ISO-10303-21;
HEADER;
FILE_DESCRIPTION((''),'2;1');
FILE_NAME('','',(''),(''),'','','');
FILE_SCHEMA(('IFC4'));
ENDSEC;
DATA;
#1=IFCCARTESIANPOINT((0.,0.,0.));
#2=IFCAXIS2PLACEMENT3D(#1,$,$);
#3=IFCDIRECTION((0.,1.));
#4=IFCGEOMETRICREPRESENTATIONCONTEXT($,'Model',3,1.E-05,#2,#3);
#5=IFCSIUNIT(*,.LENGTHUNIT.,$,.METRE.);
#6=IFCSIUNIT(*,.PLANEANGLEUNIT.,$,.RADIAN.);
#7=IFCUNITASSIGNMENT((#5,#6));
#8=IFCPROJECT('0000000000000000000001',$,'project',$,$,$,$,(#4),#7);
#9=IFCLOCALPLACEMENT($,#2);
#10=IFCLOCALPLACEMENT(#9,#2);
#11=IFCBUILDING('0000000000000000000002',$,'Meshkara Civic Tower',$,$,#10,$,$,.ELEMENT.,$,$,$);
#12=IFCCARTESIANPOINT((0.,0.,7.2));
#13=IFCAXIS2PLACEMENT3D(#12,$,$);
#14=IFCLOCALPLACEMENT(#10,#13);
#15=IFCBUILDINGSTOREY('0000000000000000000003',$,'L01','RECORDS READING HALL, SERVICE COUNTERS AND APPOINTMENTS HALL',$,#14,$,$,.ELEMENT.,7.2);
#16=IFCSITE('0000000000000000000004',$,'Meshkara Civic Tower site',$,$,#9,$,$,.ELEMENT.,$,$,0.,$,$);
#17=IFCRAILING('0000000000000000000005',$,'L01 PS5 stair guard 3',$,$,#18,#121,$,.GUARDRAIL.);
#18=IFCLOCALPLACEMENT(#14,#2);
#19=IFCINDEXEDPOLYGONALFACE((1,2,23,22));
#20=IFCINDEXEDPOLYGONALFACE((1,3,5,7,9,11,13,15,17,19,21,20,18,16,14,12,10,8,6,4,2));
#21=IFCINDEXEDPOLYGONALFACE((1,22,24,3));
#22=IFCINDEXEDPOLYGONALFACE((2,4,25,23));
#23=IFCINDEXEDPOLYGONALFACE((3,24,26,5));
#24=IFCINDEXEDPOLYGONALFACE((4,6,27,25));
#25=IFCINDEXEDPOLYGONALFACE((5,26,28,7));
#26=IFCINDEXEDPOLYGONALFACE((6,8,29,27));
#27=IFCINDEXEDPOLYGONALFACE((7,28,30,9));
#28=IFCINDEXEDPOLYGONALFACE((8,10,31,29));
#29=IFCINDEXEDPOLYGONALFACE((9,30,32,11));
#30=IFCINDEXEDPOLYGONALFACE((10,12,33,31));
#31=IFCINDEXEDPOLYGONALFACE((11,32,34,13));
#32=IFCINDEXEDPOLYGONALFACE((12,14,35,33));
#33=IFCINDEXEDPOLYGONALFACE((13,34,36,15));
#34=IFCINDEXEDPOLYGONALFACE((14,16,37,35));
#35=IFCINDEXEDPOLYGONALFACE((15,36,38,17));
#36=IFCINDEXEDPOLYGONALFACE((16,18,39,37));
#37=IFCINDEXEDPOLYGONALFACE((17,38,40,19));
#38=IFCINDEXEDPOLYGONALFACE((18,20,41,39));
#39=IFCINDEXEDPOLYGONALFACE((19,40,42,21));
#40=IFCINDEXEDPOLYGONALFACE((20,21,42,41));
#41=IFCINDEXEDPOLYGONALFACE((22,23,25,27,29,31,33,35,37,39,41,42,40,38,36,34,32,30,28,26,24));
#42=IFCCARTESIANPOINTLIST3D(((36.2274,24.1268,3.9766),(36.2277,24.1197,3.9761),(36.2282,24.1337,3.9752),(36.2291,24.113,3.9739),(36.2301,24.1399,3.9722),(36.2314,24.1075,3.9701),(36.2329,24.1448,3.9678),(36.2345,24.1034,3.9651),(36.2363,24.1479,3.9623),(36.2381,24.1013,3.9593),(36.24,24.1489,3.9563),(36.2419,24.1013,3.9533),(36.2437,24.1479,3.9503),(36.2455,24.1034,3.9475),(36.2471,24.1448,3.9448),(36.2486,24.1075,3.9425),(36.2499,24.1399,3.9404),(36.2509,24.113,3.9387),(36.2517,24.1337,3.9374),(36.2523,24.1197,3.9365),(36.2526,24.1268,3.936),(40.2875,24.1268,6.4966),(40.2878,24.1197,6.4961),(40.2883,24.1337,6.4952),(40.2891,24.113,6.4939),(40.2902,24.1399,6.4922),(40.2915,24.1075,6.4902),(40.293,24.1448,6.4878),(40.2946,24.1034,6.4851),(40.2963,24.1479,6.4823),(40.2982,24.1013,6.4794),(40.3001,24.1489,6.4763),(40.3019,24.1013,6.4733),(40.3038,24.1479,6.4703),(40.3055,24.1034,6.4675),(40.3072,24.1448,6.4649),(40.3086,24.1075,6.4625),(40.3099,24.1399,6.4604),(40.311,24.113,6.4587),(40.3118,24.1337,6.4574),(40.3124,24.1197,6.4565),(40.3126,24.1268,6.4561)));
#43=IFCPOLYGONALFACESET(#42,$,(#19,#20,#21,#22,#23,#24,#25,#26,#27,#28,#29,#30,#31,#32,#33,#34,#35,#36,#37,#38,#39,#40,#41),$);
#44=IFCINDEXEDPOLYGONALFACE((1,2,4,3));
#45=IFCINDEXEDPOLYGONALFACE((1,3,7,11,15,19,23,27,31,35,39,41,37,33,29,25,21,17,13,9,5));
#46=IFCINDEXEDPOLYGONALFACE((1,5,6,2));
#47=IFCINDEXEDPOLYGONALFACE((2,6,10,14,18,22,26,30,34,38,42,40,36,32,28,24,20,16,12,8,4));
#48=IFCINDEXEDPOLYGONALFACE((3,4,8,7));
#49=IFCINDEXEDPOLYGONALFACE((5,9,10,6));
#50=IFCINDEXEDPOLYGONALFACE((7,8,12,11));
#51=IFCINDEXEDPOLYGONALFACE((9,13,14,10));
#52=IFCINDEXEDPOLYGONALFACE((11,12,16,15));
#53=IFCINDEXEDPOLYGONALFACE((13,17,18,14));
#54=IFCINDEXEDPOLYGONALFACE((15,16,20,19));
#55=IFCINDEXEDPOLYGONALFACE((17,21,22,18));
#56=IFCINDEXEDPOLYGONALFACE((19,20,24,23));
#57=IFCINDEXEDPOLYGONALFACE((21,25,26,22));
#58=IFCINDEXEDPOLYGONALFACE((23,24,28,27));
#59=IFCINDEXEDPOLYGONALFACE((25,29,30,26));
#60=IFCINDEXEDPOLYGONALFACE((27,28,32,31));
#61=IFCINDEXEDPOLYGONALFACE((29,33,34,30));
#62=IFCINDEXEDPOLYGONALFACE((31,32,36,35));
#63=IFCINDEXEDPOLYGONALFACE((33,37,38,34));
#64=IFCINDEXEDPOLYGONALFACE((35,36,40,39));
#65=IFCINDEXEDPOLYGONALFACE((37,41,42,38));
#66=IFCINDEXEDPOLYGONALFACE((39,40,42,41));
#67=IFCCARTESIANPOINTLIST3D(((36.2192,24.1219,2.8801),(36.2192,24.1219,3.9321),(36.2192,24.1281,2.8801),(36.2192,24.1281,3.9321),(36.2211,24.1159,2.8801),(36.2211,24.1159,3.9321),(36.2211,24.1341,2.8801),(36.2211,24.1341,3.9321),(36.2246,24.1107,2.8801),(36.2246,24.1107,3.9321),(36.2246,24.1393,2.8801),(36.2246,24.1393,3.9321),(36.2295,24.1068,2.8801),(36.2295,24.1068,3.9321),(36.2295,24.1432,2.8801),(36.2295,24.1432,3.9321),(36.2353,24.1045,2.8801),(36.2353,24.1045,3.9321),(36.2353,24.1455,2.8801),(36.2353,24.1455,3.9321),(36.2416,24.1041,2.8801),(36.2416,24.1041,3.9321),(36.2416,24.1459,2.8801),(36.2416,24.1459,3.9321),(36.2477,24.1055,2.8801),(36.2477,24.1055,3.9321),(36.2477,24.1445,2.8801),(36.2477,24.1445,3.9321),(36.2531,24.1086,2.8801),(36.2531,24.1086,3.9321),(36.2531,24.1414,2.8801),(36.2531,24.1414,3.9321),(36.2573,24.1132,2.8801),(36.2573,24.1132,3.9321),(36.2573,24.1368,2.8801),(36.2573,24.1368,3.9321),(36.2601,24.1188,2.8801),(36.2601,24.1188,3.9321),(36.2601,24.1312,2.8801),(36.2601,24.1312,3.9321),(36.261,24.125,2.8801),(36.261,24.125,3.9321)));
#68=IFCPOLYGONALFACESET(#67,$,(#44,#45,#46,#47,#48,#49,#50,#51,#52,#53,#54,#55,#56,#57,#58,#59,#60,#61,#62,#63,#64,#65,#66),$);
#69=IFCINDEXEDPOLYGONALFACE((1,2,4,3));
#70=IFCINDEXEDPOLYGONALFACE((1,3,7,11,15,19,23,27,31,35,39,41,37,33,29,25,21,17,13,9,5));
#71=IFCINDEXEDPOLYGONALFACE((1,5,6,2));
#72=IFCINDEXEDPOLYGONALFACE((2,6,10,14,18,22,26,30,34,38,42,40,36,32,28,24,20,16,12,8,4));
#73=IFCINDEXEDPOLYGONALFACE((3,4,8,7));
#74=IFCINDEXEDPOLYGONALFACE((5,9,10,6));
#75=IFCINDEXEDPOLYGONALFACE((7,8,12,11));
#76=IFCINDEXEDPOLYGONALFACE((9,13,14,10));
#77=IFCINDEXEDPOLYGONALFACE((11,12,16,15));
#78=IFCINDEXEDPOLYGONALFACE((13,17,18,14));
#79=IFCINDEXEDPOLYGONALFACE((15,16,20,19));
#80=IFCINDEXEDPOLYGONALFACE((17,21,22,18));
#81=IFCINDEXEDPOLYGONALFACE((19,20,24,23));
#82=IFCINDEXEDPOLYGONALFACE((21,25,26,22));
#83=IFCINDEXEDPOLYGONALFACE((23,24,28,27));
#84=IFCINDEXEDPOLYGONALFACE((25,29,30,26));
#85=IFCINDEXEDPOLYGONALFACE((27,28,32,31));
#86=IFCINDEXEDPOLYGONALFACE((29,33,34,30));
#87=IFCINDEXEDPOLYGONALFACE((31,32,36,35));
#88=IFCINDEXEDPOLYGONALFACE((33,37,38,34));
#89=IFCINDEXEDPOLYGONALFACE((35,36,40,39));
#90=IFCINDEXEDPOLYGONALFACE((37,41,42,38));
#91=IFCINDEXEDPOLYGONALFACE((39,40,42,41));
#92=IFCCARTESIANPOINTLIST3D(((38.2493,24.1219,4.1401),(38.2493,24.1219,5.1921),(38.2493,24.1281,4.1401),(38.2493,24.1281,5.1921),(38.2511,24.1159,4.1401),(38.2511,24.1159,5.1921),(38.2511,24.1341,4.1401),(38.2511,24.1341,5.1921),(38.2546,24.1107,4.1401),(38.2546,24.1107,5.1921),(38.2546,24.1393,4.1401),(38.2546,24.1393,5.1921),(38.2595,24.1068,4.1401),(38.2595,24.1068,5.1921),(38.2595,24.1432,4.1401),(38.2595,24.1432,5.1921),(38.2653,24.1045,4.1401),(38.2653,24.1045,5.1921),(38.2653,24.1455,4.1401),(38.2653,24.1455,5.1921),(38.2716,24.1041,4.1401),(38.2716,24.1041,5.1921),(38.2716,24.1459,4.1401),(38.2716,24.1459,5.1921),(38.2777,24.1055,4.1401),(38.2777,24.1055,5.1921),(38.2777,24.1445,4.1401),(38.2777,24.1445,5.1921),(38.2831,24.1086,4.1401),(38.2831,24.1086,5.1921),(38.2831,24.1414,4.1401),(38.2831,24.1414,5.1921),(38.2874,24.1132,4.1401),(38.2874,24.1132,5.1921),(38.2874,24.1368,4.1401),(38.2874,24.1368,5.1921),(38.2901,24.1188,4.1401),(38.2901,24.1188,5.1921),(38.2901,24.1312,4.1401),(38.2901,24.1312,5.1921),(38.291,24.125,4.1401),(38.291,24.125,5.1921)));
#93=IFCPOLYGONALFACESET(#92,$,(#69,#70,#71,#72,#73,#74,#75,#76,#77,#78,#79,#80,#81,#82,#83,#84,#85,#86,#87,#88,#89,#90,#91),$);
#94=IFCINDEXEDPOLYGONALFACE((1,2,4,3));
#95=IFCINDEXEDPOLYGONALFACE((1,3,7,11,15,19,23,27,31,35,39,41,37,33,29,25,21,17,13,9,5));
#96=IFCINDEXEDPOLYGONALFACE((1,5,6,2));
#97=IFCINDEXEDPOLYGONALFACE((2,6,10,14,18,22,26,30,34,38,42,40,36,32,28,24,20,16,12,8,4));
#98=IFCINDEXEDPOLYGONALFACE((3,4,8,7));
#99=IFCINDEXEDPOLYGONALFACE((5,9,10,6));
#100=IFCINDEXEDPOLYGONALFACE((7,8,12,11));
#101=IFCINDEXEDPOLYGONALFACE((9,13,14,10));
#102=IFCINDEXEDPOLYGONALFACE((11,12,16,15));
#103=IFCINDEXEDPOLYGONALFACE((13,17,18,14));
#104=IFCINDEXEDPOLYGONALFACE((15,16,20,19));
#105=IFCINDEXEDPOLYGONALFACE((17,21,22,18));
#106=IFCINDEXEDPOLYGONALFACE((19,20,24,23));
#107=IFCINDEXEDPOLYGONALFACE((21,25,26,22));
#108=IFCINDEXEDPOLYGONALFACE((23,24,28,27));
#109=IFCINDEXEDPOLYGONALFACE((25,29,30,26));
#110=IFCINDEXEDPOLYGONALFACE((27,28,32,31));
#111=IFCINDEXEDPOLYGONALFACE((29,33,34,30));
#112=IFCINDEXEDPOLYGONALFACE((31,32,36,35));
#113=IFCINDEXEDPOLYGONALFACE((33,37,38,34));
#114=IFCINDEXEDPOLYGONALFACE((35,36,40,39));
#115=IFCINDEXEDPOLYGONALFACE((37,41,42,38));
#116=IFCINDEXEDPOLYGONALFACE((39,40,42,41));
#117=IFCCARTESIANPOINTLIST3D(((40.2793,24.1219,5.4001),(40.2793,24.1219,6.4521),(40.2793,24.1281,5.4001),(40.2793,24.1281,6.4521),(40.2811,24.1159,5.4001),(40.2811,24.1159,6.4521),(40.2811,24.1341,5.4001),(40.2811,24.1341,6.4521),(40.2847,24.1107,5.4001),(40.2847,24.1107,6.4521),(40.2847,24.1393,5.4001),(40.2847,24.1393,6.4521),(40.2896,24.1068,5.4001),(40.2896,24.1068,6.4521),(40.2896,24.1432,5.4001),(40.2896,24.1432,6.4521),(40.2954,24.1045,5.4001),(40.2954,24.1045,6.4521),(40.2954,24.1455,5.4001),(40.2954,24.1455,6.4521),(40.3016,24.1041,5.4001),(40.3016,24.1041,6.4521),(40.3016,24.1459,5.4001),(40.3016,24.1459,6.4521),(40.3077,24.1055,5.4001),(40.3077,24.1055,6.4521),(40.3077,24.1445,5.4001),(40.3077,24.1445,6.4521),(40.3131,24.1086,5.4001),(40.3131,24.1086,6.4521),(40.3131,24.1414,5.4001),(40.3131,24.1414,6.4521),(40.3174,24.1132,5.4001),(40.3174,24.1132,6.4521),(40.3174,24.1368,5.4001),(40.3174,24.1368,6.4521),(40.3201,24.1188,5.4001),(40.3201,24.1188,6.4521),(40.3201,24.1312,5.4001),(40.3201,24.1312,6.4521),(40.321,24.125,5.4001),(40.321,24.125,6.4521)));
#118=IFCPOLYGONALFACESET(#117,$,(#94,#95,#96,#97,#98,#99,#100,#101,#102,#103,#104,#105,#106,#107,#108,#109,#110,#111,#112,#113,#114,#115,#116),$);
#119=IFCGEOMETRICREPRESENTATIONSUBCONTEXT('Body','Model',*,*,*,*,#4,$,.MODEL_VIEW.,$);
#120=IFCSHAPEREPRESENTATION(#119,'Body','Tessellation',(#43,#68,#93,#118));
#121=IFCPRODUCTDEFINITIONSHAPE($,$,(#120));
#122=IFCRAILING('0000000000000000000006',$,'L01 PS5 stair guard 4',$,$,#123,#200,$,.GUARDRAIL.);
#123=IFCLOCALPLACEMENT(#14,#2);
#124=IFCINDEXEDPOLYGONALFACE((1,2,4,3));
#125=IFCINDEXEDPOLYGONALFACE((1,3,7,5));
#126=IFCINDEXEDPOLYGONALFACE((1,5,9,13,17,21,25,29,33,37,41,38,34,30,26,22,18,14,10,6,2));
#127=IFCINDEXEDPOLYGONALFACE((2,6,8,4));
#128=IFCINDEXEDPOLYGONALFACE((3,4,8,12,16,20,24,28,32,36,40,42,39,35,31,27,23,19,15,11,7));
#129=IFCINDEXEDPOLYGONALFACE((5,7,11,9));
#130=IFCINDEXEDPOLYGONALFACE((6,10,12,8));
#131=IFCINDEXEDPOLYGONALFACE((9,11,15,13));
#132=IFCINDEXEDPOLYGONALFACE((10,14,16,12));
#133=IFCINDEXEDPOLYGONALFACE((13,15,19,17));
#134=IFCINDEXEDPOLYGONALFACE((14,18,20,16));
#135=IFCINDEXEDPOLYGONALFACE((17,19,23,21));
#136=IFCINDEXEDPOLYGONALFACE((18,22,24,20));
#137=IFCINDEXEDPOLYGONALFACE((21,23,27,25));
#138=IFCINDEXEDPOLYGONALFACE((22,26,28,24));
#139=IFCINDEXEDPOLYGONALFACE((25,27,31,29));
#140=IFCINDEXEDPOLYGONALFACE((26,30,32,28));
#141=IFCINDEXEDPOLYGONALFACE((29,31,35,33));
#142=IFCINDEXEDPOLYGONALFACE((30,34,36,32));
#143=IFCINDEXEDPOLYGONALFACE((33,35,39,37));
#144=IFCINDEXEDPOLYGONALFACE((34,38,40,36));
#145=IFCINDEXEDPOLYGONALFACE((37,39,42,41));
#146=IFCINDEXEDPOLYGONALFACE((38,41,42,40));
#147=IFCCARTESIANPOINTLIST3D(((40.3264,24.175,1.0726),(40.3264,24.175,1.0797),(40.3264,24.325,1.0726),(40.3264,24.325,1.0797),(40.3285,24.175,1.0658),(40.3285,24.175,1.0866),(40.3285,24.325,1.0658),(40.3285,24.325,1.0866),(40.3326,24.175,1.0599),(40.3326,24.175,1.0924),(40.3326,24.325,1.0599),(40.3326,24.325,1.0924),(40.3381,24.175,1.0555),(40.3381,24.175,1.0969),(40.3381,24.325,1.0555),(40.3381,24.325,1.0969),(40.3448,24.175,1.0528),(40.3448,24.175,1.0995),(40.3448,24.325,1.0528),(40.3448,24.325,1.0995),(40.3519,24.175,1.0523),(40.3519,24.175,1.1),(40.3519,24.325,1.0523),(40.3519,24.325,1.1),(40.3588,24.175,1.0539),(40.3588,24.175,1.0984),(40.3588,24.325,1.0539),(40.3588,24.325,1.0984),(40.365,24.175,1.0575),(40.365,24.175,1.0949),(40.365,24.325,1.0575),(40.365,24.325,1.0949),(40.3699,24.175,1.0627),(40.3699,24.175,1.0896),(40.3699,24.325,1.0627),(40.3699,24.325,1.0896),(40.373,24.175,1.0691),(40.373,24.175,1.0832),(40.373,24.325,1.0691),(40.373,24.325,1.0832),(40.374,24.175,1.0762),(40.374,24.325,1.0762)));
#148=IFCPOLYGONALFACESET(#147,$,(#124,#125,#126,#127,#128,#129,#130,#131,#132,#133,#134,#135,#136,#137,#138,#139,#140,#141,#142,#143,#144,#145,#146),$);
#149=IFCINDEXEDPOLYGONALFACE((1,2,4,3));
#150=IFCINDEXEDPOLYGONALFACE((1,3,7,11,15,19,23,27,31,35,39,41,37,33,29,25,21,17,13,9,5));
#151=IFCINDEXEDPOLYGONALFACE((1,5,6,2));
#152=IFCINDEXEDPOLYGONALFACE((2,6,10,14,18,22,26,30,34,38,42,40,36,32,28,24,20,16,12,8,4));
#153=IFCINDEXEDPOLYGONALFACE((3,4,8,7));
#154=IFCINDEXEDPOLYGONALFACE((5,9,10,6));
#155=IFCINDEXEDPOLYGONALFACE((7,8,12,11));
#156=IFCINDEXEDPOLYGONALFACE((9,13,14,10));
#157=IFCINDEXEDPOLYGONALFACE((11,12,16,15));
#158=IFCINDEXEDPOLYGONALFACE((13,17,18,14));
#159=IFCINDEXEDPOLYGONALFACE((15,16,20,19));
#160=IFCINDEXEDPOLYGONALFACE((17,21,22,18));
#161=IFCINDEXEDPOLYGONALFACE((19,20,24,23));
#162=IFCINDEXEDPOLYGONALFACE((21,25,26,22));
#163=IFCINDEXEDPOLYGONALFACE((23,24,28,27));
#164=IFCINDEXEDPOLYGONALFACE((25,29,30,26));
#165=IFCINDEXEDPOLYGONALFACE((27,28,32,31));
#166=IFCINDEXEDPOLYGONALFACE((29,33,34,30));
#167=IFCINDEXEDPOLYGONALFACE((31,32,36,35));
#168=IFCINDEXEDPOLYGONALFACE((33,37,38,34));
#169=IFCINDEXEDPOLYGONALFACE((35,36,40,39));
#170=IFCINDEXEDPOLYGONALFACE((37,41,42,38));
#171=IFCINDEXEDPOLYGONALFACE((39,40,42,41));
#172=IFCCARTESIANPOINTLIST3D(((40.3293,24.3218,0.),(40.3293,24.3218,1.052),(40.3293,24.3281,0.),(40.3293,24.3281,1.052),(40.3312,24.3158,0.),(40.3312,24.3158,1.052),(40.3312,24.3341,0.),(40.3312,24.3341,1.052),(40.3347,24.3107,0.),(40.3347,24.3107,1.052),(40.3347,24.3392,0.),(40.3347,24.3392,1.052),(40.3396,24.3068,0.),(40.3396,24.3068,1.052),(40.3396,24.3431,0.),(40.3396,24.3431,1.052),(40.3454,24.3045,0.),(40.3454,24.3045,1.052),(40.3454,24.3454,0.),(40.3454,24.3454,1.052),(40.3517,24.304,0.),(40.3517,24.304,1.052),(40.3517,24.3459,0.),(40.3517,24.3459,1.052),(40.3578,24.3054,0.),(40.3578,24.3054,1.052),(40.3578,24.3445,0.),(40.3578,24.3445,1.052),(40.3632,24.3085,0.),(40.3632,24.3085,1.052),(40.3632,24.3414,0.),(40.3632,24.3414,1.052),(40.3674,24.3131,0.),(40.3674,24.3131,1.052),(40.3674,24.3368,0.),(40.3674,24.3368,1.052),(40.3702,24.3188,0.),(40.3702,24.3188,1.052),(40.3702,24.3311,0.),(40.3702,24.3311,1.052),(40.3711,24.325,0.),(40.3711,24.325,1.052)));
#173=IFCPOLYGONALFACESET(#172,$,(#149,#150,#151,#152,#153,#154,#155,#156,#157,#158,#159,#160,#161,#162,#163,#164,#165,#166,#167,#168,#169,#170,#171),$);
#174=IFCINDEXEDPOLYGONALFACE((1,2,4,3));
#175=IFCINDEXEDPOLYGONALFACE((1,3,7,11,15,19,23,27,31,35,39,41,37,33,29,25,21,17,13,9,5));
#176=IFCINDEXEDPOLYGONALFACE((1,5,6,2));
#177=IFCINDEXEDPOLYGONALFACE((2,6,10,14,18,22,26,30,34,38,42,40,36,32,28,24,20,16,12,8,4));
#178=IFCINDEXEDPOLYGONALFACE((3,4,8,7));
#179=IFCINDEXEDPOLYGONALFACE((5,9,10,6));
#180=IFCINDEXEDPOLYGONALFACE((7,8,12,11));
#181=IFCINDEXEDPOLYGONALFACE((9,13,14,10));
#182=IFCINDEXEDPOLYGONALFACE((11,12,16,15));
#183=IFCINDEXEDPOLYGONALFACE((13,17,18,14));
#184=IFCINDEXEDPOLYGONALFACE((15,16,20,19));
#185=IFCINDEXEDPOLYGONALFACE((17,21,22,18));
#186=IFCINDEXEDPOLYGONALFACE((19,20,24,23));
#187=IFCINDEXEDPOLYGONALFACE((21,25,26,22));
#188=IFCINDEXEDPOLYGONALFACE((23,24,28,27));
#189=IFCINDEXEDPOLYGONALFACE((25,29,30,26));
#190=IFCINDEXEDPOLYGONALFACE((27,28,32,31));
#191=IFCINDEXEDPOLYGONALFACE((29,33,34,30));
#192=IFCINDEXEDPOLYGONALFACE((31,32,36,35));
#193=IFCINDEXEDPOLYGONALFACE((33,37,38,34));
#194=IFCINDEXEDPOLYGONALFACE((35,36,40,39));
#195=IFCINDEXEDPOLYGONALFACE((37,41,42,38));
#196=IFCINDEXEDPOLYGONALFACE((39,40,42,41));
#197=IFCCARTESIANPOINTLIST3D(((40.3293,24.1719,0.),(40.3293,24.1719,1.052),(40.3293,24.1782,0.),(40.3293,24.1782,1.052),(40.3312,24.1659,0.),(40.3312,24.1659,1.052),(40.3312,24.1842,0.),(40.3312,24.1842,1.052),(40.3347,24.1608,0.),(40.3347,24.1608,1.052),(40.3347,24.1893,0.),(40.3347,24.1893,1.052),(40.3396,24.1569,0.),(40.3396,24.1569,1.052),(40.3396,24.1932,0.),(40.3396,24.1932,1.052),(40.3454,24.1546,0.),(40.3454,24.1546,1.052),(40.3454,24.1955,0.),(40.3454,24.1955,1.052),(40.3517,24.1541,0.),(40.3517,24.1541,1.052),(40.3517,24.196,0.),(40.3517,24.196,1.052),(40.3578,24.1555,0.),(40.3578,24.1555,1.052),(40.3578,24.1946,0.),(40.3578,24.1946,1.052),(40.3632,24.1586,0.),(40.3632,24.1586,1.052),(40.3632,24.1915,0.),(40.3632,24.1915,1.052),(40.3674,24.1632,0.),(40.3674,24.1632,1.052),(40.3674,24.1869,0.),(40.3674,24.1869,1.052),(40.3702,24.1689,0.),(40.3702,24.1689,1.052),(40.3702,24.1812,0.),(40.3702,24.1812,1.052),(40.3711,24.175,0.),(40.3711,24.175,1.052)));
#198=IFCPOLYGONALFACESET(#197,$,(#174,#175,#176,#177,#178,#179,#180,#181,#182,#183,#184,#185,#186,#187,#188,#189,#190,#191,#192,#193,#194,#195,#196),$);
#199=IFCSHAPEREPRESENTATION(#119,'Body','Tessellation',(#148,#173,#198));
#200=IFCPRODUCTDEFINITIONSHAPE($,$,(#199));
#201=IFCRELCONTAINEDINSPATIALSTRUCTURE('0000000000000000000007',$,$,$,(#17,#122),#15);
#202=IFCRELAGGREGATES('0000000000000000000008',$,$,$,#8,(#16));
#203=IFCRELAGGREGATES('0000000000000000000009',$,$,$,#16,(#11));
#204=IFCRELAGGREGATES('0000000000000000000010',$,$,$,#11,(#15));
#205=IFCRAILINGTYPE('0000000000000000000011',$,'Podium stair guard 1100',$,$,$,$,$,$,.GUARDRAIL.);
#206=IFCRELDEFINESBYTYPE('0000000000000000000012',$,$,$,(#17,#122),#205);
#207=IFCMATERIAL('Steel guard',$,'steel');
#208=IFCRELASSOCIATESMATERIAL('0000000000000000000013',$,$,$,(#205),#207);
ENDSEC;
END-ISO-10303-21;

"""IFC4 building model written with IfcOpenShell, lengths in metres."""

from ifc_helpers import new_model, si_unit, direction, frame, origin, origin_2d, place, context, subcontext, project, spatial, circle, extrude, material, type_object, element, save


model = new_model("IFC4")

# Units and contexts
model_context = context("Model", 3, precision=1e-05, world=origin(), true_north=direction((0.0, 1.0)))
body_context = subcontext(model_context, "Body", "Model", "MODEL_VIEW")
ifc_project = project(units=[si_unit("LENGTHUNIT", "METRE"), si_unit("PLANEANGLEUNIT", "RADIAN")], contexts=[model_context])

# Site, building, storey
site_placement = place(None, origin())
site = spatial("IfcSite", under=ifc_project, at=site_placement, Name="Meshkara Civic Tower site", CompositionType="ELEMENT", RefElevation=0.0)
building_placement = place(site_placement, origin())
building = spatial("IfcBuilding", under=site, at=building_placement, Name="Meshkara Civic Tower", CompositionType="ELEMENT")
storey_placement = place(building_placement, frame((0.0, 0.0, 7.2)))
storey = spatial("IfcBuildingStorey", under=building, at=storey_placement, Name="L01", Description="RECORDS READING HALL, SERVICE COUNTERS AND APPOINTMENTS HALL", CompositionType="ELEMENT", Elevation=7.2)

# Railings
ifc_material_1 = material(Name="Steel guard", Category="steel")
railing_type_1 = type_object("IfcRailingType", Name="Podium stair guard 1100", PredefinedType="GUARDRAIL", material=ifc_material_1)
railing_1_placement = place(storey_placement, frame((36.24, 24.125, 2.8801)))
element("IfcRailing", 1, at=railing_1_placement, inside=storey, type_object=railing_type_1, Name="L01 PS5 stair guard 3", PredefinedType="GUARDRAIL", context=body_context, shape_type="SweptSolid", body=[
    extrude(circle(Radius=0.0239, at=origin_2d()), frame((0.0, 0.0, 1.0762), z_axis=(0.849642, 0.0, 0.52736), x_axis=(0.0, 1.0, 0.0)), (0.0, 0.0, 1.0), 4.7786),
    extrude(circle(Radius=0.021, at=origin_2d()), origin(), (0.0, 0.0, 1.0), 1.052),
    extrude(circle(Radius=0.021, at=origin_2d()), frame((2.03, 0.0, 1.26)), (0.0, 0.0, 1.0), 1.052),
    extrude(circle(Radius=0.021, at=origin_2d()), frame((4.0601, 0.0, 2.52)), (0.0, 0.0, 1.0), 1.052),
])
railing_2_placement = place(storey_placement, frame((40.3501, 24.325, 0.0)))
element("IfcRailing", 2, at=railing_2_placement, inside=storey, type_object=railing_type_1, Name="L01 PS5 stair guard 4", PredefinedType="GUARDRAIL", context=body_context, shape_type="SweptSolid", body=[
    extrude(circle(Radius=0.0239, at=origin_2d()), frame((0.0, 0.0, 1.0762), z_axis=(0.0, -1.0, 0.0), x_axis=(1.0, 0.0, 0.0)), (0.0, 0.0, 1.0), 0.1499),
    extrude(circle(Radius=0.021, at=origin_2d()), origin(), (0.0, 0.0, 1.0), 1.052),
    extrude(circle(Radius=0.021, at=origin_2d()), frame((0.0, -0.1499, 0.0)), (0.0, 0.0, 1.0), 1.052),
])

save(model, "model.ifc")
